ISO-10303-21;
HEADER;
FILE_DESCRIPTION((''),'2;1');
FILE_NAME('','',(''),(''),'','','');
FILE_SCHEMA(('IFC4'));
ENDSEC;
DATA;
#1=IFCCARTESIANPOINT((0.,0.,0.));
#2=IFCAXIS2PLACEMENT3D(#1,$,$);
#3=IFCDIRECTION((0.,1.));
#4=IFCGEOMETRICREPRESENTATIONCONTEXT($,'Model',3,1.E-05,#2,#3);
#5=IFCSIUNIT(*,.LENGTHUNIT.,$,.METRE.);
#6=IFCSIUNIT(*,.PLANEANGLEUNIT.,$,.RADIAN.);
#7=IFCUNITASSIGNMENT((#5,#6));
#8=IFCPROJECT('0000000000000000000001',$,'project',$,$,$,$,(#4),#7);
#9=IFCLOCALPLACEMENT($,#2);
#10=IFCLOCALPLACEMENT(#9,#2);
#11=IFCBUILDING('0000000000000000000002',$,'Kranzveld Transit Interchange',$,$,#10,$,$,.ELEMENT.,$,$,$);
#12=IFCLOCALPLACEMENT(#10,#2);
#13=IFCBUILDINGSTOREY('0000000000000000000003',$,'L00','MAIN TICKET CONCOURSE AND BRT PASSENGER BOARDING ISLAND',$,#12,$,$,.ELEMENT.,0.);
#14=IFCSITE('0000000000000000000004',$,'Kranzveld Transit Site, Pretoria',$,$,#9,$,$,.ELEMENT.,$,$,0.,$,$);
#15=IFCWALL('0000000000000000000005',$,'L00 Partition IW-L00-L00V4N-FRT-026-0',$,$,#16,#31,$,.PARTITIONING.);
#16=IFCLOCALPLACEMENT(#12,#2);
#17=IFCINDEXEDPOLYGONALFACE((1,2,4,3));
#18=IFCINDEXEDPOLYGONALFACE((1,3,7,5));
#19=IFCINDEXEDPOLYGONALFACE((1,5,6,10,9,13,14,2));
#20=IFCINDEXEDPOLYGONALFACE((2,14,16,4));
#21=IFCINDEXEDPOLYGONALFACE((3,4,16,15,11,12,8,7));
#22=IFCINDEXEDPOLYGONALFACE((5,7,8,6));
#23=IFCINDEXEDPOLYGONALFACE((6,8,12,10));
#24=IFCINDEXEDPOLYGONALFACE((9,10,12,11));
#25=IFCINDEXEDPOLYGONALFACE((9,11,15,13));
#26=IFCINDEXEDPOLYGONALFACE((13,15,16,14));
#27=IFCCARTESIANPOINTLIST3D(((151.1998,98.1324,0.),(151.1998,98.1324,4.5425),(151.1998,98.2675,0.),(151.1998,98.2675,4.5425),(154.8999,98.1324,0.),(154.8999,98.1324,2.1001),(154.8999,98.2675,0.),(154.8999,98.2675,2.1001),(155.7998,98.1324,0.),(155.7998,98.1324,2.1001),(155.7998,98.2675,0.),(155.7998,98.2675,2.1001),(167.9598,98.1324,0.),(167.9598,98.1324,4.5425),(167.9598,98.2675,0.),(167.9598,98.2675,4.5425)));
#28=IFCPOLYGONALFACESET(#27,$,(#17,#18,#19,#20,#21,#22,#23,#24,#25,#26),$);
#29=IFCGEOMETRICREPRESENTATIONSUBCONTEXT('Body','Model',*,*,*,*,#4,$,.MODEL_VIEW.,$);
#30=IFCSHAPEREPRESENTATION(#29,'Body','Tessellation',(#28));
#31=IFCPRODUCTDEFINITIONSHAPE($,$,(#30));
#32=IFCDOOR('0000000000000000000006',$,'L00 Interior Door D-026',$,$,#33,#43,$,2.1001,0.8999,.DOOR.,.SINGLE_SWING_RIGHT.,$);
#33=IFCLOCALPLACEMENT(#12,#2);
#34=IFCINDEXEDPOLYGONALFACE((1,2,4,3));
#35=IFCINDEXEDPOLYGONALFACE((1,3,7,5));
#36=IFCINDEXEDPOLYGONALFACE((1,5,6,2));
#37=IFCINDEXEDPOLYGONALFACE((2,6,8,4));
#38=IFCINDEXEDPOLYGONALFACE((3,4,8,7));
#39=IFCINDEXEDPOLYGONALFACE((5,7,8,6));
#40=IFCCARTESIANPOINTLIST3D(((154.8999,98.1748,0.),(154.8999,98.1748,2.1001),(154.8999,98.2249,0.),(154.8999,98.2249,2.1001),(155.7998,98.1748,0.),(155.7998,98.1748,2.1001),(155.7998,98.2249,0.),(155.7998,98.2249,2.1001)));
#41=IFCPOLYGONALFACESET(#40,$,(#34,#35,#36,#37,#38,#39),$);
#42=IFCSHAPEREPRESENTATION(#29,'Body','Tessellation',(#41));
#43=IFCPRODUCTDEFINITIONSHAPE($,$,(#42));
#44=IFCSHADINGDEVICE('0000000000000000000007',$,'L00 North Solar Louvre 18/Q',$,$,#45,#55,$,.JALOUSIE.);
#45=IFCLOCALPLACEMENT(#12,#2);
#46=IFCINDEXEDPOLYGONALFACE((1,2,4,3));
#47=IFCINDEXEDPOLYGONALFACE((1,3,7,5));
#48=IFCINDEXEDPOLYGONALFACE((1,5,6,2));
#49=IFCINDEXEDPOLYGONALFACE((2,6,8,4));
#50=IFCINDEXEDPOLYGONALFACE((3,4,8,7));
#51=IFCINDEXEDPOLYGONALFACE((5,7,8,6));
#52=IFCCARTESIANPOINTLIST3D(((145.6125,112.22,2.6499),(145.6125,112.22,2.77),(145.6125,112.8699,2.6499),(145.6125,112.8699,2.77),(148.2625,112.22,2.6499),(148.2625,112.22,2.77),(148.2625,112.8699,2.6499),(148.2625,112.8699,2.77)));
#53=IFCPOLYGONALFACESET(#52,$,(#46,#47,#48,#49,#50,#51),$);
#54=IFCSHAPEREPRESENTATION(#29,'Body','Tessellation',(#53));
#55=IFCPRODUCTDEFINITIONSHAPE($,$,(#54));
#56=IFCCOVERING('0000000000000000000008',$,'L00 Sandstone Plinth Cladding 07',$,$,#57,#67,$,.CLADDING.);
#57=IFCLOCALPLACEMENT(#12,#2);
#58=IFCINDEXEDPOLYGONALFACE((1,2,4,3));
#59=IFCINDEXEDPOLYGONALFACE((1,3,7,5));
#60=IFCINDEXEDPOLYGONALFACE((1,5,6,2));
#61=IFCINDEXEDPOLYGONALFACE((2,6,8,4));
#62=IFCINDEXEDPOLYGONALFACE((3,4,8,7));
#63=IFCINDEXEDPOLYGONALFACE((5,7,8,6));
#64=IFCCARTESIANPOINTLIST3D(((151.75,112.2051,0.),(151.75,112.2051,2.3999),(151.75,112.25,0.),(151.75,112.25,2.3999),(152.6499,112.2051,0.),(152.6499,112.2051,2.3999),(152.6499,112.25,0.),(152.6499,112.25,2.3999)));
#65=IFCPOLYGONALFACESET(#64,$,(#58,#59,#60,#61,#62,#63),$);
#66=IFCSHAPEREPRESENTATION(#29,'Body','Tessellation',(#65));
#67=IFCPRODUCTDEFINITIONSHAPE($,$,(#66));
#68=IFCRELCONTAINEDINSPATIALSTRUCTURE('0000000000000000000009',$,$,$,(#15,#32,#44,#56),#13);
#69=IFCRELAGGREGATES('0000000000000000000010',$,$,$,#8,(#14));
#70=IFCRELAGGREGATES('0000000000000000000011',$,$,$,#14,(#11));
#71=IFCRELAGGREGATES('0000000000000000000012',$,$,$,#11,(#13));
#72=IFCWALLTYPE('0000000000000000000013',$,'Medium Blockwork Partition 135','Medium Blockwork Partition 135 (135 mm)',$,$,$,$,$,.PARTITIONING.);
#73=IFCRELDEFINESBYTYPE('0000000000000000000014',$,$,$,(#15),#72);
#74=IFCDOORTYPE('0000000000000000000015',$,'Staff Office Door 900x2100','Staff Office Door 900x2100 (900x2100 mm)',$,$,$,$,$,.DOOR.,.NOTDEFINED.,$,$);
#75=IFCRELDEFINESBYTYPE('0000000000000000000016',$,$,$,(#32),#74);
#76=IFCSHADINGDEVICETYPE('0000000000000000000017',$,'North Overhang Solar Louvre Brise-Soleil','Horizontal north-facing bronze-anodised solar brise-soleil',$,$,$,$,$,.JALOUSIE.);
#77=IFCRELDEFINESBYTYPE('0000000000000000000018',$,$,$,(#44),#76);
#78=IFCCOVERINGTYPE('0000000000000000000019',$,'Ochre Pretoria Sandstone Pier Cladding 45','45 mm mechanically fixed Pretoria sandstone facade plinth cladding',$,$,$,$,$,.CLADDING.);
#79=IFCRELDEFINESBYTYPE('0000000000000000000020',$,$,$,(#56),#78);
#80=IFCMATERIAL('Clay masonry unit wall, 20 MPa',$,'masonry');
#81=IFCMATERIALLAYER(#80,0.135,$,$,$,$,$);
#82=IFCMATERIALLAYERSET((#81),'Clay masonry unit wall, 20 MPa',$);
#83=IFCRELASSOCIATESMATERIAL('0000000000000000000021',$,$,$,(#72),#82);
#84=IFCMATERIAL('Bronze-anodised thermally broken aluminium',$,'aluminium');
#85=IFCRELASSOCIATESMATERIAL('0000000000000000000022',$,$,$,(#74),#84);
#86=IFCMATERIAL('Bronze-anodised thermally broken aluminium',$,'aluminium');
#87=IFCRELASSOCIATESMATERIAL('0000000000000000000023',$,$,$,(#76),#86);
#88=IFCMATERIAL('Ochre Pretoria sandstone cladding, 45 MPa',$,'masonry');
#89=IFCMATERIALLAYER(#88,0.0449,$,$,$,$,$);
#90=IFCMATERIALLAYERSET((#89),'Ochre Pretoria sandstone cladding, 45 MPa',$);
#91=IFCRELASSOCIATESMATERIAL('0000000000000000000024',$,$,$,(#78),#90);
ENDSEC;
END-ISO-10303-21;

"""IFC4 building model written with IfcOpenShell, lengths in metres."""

from ifc_helpers import new_model, si_unit, direction, frame, frame_2d, origin, origin_2d, place, context, subcontext, project, spatial, rectangle, extrude, material, layer, layer_set, type_object, element, fill, save


model = new_model("IFC4")

# Units and contexts
model_context = context("Model", 3, precision=1e-05, world=origin(), true_north=direction((0.0, 1.0)))
body_context = subcontext(model_context, "Body", "Model", "MODEL_VIEW")
ifc_project = project(units=[si_unit("LENGTHUNIT", "METRE"), si_unit("PLANEANGLEUNIT", "RADIAN")], contexts=[model_context])

# Site, building, storey
site_placement = place(None, origin())
site = spatial("IfcSite", under=ifc_project, at=site_placement, Name="Kranzveld Transit Site, Pretoria", CompositionType="ELEMENT", RefElevation=0.0)
building_placement = place(site_placement, origin())
building = spatial("IfcBuilding", under=site, at=building_placement, Name="Kranzveld Transit Interchange", CompositionType="ELEMENT")
storey_placement = place(building_placement, origin())
storey = spatial("IfcBuildingStorey", under=building, at=storey_placement, Name="L00", Description="MAIN TICKET CONCOURSE AND BRT PASSENGER BOARDING ISLAND", CompositionType="ELEMENT", Elevation=0.0)

# Wall, opening, door
ifc_material_1 = material(Name="Clay masonry unit wall, 20 MPa", Category="masonry")
ifc_layer_1 = layer(ifc_material_1, 0.135)
ifc_layer_set_1 = layer_set([ifc_layer_1], Name="Clay masonry unit wall, 20 MPa")
wall_type_1 = type_object("IfcWallType", Name="Medium Blockwork Partition 135", Description="Medium Blockwork Partition 135 (135 mm)", PredefinedType="PARTITIONING", material=ifc_layer_set_1)
wall_1_placement = place(storey_placement, frame((151.2, 98.2, 0.0), z_axis=(0.0, 0.0, 1.0), x_axis=(1.0, 0.0, 0.0)))
wall_1 = element("IfcWall", 1, at=wall_1_placement, inside=storey, type_object=wall_type_1, Name="L00 Partition IW-L00-L00V4N-FRT-026-0", PredefinedType="PARTITIONING", context=body_context, shape_type="SweptSolid", body=[
    extrude(rectangle(XDim=16.76, YDim=0.135, at=frame_2d((8.3799, 0.0))), origin(), (0.0, 0.0, 1.0), 4.5425),
])
opening_1_placement = place(wall_1_placement, frame((3.7, 0.0, 0.0), z_axis=(0.0, 0.0, 1.0), x_axis=(1.0, 0.0, 0.0)))
opening_1 = element("IfcOpeningElement", 2, at=opening_1_placement, cuts=wall_1, PredefinedType="OPENING", context=body_context, shape_type="SweptSolid", body=[
    extrude(rectangle(XDim=0.8999, YDim=2.1001, at=frame_2d((0.45, 1.05))), frame((0.0, 0.0774, 0.0), z_axis=(0.0, -1.0, 0.0), x_axis=(1.0, 0.0, 0.0)), (0.0, 0.0, 1.0), 0.155),
])
ifc_material_2 = material(Name="Bronze-anodised thermally broken aluminium", Category="aluminium")
door_type_1 = type_object("IfcDoorType", Name="Staff Office Door 900x2100", Description="Staff Office Door 900x2100 (900x2100 mm)", OperationType="NOTDEFINED", PredefinedType="DOOR", material=ifc_material_2)
door_1_placement = place(opening_1_placement, origin())
door_1 = element("IfcDoor", 3, at=door_1_placement, inside=storey, type_object=door_type_1, Name="L00 Interior Door D-026", OperationType="SINGLE_SWING_RIGHT", OverallHeight=2.1001, OverallWidth=0.8999, PredefinedType="DOOR", context=body_context, shape_type="SweptSolid", body=[
    extrude(rectangle(XDim=0.8999, YDim=2.1001, at=frame_2d((0.45, 1.05))), frame((0.0, 0.0249, 0.0), z_axis=(0.0, -1.0, 0.0), x_axis=(1.0, 0.0, 0.0)), (0.0, 0.0, 1.0), 0.05),
])
fill(opening_1, door_1)

# Shading device
ifc_material_3 = material(Name="Bronze-anodised thermally broken aluminium", Category="aluminium")
shading_device_type = type_object("IfcShadingDeviceType", Name="North Overhang Solar Louvre Brise-Soleil", Description="Horizontal north-facing bronze-anodised solar brise-soleil", PredefinedType="JALOUSIE", material=ifc_material_3)
shading_device_placement = place(storey_placement, frame((146.9375, 112.5449, 2.6499), z_axis=(0.0, 0.0, 1.0), x_axis=(1.0, 0.0, 0.0)))
element("IfcShadingDevice", 4, at=shading_device_placement, inside=storey, type_object=shading_device_type, Name="L00 North Solar Louvre 18/Q", PredefinedType="JALOUSIE", context=body_context, shape_type="SweptSolid", body=[
    extrude(rectangle(XDim=2.6499, YDim=0.6499, at=origin_2d()), origin(), (0.0, 0.0, 1.0), 0.1201),
])

# Covering
ifc_material_4 = material(Name="Ochre Pretoria sandstone cladding, 45 MPa", Category="masonry")
ifc_layer_2 = layer(ifc_material_4, 0.0449)
ifc_layer_set_2 = layer_set([ifc_layer_2], Name="Ochre Pretoria sandstone cladding, 45 MPa")
covering_type = type_object("IfcCoveringType", Name="Ochre Pretoria Sandstone Pier Cladding 45", Description="45 mm mechanically fixed Pretoria sandstone facade plinth cladding", PredefinedType="CLADDING", material=ifc_layer_set_2)
covering_placement = place(storey_placement, frame((152.2, 112.2275, 0.0), z_axis=(0.0, 0.0, 1.0), x_axis=(1.0, 0.0, 0.0)))
element("IfcCovering", 5, at=covering_placement, inside=storey, type_object=covering_type, Name="L00 Sandstone Plinth Cladding 07", PredefinedType="CLADDING", context=body_context, shape_type="SweptSolid", body=[
    extrude(rectangle(XDim=0.8999, YDim=0.0449, at=origin_2d()), origin(), (0.0, 0.0, 1.0), 2.3999),
])

save(model, "model.ifc")
